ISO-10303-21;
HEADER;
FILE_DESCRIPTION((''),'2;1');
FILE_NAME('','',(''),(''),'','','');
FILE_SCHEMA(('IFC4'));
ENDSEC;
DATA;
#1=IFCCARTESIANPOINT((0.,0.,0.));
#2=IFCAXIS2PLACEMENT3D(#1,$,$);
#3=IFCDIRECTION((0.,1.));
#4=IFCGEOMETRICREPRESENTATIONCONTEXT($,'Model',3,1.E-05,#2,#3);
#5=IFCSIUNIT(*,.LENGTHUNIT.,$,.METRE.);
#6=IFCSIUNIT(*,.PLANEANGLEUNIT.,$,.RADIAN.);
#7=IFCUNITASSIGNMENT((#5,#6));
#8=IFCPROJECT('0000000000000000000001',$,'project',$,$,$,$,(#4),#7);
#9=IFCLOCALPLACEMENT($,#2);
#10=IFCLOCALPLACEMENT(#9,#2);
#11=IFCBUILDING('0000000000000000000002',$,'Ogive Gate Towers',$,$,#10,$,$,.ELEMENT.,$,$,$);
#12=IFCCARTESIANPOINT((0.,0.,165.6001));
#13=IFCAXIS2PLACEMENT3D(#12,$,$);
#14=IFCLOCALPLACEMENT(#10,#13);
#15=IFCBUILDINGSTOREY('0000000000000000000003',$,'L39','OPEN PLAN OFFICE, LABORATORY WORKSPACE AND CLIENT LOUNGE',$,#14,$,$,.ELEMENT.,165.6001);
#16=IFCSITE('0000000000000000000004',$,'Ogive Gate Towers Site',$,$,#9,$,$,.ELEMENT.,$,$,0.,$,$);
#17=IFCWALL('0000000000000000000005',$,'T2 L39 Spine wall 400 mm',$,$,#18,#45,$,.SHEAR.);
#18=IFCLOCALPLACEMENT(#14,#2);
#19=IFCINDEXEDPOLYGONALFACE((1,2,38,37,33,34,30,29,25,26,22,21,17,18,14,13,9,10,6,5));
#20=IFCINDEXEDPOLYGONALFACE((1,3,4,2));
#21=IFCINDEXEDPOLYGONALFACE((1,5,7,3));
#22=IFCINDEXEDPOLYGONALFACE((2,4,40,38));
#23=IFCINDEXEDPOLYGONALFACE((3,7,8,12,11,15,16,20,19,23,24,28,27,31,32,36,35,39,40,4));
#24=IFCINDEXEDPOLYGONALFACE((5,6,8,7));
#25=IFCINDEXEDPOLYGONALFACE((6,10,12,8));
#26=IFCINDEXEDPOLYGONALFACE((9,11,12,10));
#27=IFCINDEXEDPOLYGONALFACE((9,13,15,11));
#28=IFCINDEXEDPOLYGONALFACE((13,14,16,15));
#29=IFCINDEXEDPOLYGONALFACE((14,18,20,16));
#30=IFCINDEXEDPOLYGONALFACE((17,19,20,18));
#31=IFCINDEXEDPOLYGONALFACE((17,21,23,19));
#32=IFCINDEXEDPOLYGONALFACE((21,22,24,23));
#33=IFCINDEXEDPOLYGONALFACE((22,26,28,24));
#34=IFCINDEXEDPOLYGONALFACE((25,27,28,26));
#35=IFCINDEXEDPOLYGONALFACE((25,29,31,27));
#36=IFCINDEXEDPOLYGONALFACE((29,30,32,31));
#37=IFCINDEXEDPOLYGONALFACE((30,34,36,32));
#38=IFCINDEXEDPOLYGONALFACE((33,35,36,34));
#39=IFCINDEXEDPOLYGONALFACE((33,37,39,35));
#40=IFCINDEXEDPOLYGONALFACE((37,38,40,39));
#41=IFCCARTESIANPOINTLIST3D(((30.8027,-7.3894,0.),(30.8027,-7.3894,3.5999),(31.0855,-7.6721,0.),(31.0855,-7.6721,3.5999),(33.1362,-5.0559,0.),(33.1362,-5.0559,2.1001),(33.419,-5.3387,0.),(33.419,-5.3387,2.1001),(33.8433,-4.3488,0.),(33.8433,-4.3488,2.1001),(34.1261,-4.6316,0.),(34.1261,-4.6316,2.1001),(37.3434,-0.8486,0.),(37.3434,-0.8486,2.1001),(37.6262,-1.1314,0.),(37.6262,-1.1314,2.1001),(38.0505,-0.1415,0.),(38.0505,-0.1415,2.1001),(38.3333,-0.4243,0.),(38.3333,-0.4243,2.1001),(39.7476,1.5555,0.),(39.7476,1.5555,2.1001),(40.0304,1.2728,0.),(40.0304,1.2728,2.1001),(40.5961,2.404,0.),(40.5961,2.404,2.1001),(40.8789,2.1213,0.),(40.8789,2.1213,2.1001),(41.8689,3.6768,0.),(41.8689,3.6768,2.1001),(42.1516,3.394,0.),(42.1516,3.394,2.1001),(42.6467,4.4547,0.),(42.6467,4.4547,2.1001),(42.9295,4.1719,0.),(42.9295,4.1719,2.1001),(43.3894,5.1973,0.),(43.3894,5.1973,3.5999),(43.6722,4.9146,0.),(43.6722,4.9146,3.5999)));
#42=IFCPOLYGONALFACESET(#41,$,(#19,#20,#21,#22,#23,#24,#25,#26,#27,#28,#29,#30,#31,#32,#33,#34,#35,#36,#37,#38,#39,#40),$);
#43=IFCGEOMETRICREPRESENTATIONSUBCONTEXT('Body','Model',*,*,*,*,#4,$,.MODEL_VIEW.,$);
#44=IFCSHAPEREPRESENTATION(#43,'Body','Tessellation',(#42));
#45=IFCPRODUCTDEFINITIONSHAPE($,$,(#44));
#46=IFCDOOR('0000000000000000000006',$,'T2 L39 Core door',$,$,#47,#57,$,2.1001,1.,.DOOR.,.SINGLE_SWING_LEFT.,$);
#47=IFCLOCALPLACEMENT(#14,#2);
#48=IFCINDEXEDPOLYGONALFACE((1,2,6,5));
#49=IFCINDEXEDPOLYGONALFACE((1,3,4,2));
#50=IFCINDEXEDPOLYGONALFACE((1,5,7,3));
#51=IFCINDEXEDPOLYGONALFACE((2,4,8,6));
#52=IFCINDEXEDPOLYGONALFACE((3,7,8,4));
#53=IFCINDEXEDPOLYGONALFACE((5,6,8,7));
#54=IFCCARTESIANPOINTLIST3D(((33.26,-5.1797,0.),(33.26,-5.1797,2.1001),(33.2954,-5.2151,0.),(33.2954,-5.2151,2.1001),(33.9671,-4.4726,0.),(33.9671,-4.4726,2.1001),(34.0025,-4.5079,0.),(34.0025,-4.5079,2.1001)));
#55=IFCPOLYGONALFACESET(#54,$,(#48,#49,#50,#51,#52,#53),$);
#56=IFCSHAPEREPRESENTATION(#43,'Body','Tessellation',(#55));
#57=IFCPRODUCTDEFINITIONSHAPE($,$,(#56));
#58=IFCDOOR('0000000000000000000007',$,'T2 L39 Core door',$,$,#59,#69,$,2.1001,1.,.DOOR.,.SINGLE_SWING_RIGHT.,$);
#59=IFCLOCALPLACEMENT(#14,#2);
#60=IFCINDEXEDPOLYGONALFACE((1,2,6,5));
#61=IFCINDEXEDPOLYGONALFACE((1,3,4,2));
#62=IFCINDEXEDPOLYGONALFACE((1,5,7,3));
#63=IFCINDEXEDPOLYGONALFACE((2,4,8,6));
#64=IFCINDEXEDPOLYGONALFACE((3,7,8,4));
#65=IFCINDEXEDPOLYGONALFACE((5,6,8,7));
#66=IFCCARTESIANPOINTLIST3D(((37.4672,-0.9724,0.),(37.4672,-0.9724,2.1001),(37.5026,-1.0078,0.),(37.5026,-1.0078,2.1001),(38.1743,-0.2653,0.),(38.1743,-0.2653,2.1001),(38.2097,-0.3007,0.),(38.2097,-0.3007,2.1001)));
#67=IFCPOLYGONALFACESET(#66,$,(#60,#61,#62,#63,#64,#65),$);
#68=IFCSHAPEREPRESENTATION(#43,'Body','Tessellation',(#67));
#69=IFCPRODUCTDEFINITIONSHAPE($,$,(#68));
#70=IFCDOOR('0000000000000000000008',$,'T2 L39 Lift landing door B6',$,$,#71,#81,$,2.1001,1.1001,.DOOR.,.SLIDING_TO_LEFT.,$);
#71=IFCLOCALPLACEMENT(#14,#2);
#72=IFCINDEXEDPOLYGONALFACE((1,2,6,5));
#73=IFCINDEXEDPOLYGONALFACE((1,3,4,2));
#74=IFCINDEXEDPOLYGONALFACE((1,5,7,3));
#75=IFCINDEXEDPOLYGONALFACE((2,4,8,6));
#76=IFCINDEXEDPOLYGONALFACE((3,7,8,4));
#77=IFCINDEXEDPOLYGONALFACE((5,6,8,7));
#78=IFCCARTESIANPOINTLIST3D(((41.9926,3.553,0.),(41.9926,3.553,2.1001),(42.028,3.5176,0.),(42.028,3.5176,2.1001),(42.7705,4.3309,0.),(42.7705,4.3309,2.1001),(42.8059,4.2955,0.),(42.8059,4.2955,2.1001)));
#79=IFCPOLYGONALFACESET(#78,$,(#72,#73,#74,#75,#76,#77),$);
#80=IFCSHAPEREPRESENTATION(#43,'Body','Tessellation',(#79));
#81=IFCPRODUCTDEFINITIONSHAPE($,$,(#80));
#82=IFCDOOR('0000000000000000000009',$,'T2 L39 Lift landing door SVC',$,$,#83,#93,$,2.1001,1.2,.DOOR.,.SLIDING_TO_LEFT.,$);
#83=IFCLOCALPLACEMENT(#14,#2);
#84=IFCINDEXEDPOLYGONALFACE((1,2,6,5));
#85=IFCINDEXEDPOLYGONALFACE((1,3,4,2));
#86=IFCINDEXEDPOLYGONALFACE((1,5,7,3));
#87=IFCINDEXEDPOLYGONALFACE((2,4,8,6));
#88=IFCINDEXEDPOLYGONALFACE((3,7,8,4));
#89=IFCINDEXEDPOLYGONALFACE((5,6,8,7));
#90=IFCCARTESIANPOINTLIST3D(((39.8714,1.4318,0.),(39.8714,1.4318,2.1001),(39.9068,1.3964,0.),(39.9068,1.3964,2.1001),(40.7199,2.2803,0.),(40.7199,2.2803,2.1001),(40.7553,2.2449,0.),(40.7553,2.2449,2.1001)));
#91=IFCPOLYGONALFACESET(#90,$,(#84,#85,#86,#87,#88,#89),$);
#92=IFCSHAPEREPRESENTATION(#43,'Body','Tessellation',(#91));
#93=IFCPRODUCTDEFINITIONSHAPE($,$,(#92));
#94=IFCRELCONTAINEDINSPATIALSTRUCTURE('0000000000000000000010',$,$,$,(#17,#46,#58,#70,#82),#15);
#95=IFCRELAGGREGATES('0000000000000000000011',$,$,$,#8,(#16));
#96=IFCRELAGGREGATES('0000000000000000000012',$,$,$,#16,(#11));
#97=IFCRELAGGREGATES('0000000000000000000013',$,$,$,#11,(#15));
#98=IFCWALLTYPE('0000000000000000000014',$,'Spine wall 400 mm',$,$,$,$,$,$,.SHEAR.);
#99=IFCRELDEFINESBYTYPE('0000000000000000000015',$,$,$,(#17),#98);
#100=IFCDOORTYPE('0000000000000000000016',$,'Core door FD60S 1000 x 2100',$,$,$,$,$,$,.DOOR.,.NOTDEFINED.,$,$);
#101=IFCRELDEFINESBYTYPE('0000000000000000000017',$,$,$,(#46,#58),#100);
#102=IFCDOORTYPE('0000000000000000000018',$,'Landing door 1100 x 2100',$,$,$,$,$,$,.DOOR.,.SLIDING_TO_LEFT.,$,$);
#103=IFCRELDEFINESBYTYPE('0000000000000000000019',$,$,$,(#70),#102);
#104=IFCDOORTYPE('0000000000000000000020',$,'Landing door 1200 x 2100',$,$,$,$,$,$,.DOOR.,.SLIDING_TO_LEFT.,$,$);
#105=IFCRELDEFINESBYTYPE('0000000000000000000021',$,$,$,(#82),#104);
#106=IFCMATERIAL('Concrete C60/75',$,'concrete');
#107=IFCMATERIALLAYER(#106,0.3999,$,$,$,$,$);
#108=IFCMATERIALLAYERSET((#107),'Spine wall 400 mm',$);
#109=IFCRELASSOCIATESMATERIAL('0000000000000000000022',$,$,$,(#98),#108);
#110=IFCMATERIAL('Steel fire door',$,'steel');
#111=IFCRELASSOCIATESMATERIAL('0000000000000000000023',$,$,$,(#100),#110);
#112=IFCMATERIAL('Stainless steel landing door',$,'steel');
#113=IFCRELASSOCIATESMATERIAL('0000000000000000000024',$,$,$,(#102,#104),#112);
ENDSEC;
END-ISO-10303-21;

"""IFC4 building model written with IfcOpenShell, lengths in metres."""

from ifc_helpers import new_model, si_unit, direction, frame, frame_2d, origin, place, context, subcontext, project, spatial, rectangle, extrude, material, layer, layer_set, type_object, element, fill, save


model = new_model("IFC4")

# Units and contexts
model_context = context("Model", 3, precision=1e-05, world=origin(), true_north=direction((0.0, 1.0)))
body_context = subcontext(model_context, "Body", "Model", "MODEL_VIEW")
ifc_project = project(units=[si_unit("LENGTHUNIT", "METRE"), si_unit("PLANEANGLEUNIT", "RADIAN")], contexts=[model_context])

# Site, building, storey
site_placement = place(None, origin())
site = spatial("IfcSite", under=ifc_project, at=site_placement, Name="Ogive Gate Towers Site", CompositionType="ELEMENT", RefElevation=0.0)
building_placement = place(site_placement, origin())
building = spatial("IfcBuilding", under=site, at=building_placement, Name="Ogive Gate Towers", CompositionType="ELEMENT")
storey_placement = place(building_placement, frame((0.0, 0.0, 165.6001)))
storey = spatial("IfcBuildingStorey", under=building, at=storey_placement, Name="L39", Description="OPEN PLAN OFFICE, LABORATORY WORKSPACE AND CLIENT LOUNGE", CompositionType="ELEMENT", Elevation=165.6001)

# Shared definitions
ifc_material_1 = material(Name="Concrete C60/75", Category="concrete")

# Wall, openings, doors
ifc_layer_1 = layer(ifc_material_1, 0.3999)
ifc_layer_set_1 = layer_set([ifc_layer_1], Name="Spine wall 400 mm")
wall_type_1 = type_object("IfcWallType", Name="Spine wall 400 mm", PredefinedType="SHEAR", material=ifc_layer_set_1)
wall_1_placement = place(storey_placement, frame((30.9441, -7.5308, 0.0), z_axis=(0.0, 0.0, 1.0), x_axis=(0.707107, 0.707107, 0.0)))
wall_1 = element("IfcWall", 1, at=wall_1_placement, inside=storey, type_object=wall_type_1, Name="T2 L39 Spine wall 400 mm", PredefinedType="SHEAR", context=body_context, shape_type="SweptSolid", body=[
    extrude(rectangle(XDim=17.8003, YDim=0.3999, at=frame_2d((8.9001, 0.0))), origin(), (0.0, 0.0, 1.0), 3.5999),
])
opening_1_placement = place(wall_1_placement, frame((12.6499, 0.0, 0.0)))
opening_1 = element("IfcOpeningElement", 2, at=opening_1_placement, cuts=wall_1, PredefinedType="OPENING", context=body_context, shape_type="SweptSolid", body=[
    extrude(rectangle(XDim=1.2, YDim=2.1001, at=frame_2d((0.6001, 1.05))), frame((0.0, 0.21, 0.0), z_axis=(0.0, -1.0, 0.0), x_axis=(1.0, 0.0, 0.0)), (0.0, 0.0, 1.0), 0.4199),
])
opening_2_placement = place(wall_1_placement, frame((15.6499, 0.0, 0.0)))
opening_2 = element("IfcOpeningElement", 3, at=opening_2_placement, cuts=wall_1, PredefinedType="OPENING", context=body_context, shape_type="SweptSolid", body=[
    extrude(rectangle(XDim=1.1001, YDim=2.1001, at=frame_2d((0.55, 1.05))), frame((0.0, 0.21, 0.0), z_axis=(0.0, -1.0, 0.0), x_axis=(1.0, 0.0, 0.0)), (0.0, 0.0, 1.0), 0.4199),
])
opening_3_placement = place(wall_1_placement, frame((3.3, 0.0, 0.0)))
opening_3 = element("IfcOpeningElement", 4, at=opening_3_placement, cuts=wall_1, PredefinedType="OPENING", context=body_context, shape_type="SweptSolid", body=[
    extrude(rectangle(XDim=1.0, YDim=2.1001, at=frame_2d((0.5, 1.05))), frame((0.0, 0.21, 0.0), z_axis=(0.0, -1.0, 0.0), x_axis=(1.0, 0.0, 0.0)), (0.0, 0.0, 1.0), 0.4199),
])
opening_4_placement = place(wall_1_placement, frame((9.25, 0.0, 0.0)))
opening_4 = element("IfcOpeningElement", 5, at=opening_4_placement, cuts=wall_1, PredefinedType="OPENING", context=body_context, shape_type="SweptSolid", body=[
    extrude(rectangle(XDim=1.0, YDim=2.1001, at=frame_2d((0.5, 1.05))), frame((0.0, 0.21, 0.0), z_axis=(0.0, -1.0, 0.0), x_axis=(1.0, 0.0, 0.0)), (0.0, 0.0, 1.0), 0.4199),
])
ifc_material_2 = material(Name="Steel fire door", Category="steel")
door_type_1 = type_object("IfcDoorType", Name="Core door FD60S 1000 x 2100", OperationType="NOTDEFINED", PredefinedType="DOOR", material=ifc_material_2)
door_1_placement = place(opening_3_placement, origin())
door_1 = element("IfcDoor", 6, at=door_1_placement, inside=storey, type_object=door_type_1, Name="T2 L39 Core door", OperationType="SINGLE_SWING_LEFT", OverallHeight=2.1001, OverallWidth=1.0, PredefinedType="DOOR", context=body_context, shape_type="SweptSolid", body=[
    extrude(rectangle(XDim=1.0, YDim=2.1001, at=frame_2d((0.5, 1.05))), frame((0.0, 0.0249, 0.0), z_axis=(0.0, -1.0, 0.0), x_axis=(1.0, 0.0, 0.0)), (0.0, 0.0, 1.0), 0.05),
])
fill(opening_3, door_1)
door_2_placement = place(opening_4_placement, origin())
door_2 = element("IfcDoor", 7, at=door_2_placement, inside=storey, type_object=door_type_1, Name="T2 L39 Core door", OperationType="SINGLE_SWING_RIGHT", OverallHeight=2.1001, OverallWidth=1.0, PredefinedType="DOOR", context=body_context, shape_type="SweptSolid", body=[
    extrude(rectangle(XDim=1.0, YDim=2.1001, at=frame_2d((0.5, 1.05))), frame((0.0, 0.0249, 0.0), z_axis=(0.0, -1.0, 0.0), x_axis=(1.0, 0.0, 0.0)), (0.0, 0.0, 1.0), 0.05),
])
fill(opening_4, door_2)
ifc_material_3 = material(Name="Stainless steel landing door", Category="steel")
door_type_2 = type_object("IfcDoorType", Name="Landing door 1100 x 2100", OperationType="SLIDING_TO_LEFT", PredefinedType="DOOR", material=ifc_material_3)
door_3_placement = place(opening_2_placement, origin())
door_3 = element("IfcDoor", 8, at=door_3_placement, inside=storey, type_object=door_type_2, Name="T2 L39 Lift landing door B6", OperationType="SLIDING_TO_LEFT", OverallHeight=2.1001, OverallWidth=1.1001, PredefinedType="DOOR", context=body_context, shape_type="SweptSolid", body=[
    extrude(rectangle(XDim=1.1001, YDim=2.1001, at=frame_2d((0.55, 1.05))), frame((0.0, 0.0249, 0.0), z_axis=(0.0, -1.0, 0.0), x_axis=(1.0, 0.0, 0.0)), (0.0, 0.0, 1.0), 0.05),
])
fill(opening_2, door_3)
door_type_3 = type_object("IfcDoorType", Name="Landing door 1200 x 2100", OperationType="SLIDING_TO_LEFT", PredefinedType="DOOR", material=ifc_material_3)
door_4_placement = place(opening_1_placement, origin())
door_4 = element("IfcDoor", 9, at=door_4_placement, inside=storey, type_object=door_type_3, Name="T2 L39 Lift landing door SVC", OperationType="SLIDING_TO_LEFT", OverallHeight=2.1001, OverallWidth=1.2, PredefinedType="DOOR", context=body_context, shape_type="SweptSolid", body=[
    extrude(rectangle(XDim=1.2, YDim=2.1001, at=frame_2d((0.6001, 1.05))), frame((0.0, 0.0249, 0.0), z_axis=(0.0, -1.0, 0.0), x_axis=(1.0, 0.0, 0.0)), (0.0, 0.0, 1.0), 0.05),
])
fill(opening_1, door_4)

save(model, "model.ifc")
